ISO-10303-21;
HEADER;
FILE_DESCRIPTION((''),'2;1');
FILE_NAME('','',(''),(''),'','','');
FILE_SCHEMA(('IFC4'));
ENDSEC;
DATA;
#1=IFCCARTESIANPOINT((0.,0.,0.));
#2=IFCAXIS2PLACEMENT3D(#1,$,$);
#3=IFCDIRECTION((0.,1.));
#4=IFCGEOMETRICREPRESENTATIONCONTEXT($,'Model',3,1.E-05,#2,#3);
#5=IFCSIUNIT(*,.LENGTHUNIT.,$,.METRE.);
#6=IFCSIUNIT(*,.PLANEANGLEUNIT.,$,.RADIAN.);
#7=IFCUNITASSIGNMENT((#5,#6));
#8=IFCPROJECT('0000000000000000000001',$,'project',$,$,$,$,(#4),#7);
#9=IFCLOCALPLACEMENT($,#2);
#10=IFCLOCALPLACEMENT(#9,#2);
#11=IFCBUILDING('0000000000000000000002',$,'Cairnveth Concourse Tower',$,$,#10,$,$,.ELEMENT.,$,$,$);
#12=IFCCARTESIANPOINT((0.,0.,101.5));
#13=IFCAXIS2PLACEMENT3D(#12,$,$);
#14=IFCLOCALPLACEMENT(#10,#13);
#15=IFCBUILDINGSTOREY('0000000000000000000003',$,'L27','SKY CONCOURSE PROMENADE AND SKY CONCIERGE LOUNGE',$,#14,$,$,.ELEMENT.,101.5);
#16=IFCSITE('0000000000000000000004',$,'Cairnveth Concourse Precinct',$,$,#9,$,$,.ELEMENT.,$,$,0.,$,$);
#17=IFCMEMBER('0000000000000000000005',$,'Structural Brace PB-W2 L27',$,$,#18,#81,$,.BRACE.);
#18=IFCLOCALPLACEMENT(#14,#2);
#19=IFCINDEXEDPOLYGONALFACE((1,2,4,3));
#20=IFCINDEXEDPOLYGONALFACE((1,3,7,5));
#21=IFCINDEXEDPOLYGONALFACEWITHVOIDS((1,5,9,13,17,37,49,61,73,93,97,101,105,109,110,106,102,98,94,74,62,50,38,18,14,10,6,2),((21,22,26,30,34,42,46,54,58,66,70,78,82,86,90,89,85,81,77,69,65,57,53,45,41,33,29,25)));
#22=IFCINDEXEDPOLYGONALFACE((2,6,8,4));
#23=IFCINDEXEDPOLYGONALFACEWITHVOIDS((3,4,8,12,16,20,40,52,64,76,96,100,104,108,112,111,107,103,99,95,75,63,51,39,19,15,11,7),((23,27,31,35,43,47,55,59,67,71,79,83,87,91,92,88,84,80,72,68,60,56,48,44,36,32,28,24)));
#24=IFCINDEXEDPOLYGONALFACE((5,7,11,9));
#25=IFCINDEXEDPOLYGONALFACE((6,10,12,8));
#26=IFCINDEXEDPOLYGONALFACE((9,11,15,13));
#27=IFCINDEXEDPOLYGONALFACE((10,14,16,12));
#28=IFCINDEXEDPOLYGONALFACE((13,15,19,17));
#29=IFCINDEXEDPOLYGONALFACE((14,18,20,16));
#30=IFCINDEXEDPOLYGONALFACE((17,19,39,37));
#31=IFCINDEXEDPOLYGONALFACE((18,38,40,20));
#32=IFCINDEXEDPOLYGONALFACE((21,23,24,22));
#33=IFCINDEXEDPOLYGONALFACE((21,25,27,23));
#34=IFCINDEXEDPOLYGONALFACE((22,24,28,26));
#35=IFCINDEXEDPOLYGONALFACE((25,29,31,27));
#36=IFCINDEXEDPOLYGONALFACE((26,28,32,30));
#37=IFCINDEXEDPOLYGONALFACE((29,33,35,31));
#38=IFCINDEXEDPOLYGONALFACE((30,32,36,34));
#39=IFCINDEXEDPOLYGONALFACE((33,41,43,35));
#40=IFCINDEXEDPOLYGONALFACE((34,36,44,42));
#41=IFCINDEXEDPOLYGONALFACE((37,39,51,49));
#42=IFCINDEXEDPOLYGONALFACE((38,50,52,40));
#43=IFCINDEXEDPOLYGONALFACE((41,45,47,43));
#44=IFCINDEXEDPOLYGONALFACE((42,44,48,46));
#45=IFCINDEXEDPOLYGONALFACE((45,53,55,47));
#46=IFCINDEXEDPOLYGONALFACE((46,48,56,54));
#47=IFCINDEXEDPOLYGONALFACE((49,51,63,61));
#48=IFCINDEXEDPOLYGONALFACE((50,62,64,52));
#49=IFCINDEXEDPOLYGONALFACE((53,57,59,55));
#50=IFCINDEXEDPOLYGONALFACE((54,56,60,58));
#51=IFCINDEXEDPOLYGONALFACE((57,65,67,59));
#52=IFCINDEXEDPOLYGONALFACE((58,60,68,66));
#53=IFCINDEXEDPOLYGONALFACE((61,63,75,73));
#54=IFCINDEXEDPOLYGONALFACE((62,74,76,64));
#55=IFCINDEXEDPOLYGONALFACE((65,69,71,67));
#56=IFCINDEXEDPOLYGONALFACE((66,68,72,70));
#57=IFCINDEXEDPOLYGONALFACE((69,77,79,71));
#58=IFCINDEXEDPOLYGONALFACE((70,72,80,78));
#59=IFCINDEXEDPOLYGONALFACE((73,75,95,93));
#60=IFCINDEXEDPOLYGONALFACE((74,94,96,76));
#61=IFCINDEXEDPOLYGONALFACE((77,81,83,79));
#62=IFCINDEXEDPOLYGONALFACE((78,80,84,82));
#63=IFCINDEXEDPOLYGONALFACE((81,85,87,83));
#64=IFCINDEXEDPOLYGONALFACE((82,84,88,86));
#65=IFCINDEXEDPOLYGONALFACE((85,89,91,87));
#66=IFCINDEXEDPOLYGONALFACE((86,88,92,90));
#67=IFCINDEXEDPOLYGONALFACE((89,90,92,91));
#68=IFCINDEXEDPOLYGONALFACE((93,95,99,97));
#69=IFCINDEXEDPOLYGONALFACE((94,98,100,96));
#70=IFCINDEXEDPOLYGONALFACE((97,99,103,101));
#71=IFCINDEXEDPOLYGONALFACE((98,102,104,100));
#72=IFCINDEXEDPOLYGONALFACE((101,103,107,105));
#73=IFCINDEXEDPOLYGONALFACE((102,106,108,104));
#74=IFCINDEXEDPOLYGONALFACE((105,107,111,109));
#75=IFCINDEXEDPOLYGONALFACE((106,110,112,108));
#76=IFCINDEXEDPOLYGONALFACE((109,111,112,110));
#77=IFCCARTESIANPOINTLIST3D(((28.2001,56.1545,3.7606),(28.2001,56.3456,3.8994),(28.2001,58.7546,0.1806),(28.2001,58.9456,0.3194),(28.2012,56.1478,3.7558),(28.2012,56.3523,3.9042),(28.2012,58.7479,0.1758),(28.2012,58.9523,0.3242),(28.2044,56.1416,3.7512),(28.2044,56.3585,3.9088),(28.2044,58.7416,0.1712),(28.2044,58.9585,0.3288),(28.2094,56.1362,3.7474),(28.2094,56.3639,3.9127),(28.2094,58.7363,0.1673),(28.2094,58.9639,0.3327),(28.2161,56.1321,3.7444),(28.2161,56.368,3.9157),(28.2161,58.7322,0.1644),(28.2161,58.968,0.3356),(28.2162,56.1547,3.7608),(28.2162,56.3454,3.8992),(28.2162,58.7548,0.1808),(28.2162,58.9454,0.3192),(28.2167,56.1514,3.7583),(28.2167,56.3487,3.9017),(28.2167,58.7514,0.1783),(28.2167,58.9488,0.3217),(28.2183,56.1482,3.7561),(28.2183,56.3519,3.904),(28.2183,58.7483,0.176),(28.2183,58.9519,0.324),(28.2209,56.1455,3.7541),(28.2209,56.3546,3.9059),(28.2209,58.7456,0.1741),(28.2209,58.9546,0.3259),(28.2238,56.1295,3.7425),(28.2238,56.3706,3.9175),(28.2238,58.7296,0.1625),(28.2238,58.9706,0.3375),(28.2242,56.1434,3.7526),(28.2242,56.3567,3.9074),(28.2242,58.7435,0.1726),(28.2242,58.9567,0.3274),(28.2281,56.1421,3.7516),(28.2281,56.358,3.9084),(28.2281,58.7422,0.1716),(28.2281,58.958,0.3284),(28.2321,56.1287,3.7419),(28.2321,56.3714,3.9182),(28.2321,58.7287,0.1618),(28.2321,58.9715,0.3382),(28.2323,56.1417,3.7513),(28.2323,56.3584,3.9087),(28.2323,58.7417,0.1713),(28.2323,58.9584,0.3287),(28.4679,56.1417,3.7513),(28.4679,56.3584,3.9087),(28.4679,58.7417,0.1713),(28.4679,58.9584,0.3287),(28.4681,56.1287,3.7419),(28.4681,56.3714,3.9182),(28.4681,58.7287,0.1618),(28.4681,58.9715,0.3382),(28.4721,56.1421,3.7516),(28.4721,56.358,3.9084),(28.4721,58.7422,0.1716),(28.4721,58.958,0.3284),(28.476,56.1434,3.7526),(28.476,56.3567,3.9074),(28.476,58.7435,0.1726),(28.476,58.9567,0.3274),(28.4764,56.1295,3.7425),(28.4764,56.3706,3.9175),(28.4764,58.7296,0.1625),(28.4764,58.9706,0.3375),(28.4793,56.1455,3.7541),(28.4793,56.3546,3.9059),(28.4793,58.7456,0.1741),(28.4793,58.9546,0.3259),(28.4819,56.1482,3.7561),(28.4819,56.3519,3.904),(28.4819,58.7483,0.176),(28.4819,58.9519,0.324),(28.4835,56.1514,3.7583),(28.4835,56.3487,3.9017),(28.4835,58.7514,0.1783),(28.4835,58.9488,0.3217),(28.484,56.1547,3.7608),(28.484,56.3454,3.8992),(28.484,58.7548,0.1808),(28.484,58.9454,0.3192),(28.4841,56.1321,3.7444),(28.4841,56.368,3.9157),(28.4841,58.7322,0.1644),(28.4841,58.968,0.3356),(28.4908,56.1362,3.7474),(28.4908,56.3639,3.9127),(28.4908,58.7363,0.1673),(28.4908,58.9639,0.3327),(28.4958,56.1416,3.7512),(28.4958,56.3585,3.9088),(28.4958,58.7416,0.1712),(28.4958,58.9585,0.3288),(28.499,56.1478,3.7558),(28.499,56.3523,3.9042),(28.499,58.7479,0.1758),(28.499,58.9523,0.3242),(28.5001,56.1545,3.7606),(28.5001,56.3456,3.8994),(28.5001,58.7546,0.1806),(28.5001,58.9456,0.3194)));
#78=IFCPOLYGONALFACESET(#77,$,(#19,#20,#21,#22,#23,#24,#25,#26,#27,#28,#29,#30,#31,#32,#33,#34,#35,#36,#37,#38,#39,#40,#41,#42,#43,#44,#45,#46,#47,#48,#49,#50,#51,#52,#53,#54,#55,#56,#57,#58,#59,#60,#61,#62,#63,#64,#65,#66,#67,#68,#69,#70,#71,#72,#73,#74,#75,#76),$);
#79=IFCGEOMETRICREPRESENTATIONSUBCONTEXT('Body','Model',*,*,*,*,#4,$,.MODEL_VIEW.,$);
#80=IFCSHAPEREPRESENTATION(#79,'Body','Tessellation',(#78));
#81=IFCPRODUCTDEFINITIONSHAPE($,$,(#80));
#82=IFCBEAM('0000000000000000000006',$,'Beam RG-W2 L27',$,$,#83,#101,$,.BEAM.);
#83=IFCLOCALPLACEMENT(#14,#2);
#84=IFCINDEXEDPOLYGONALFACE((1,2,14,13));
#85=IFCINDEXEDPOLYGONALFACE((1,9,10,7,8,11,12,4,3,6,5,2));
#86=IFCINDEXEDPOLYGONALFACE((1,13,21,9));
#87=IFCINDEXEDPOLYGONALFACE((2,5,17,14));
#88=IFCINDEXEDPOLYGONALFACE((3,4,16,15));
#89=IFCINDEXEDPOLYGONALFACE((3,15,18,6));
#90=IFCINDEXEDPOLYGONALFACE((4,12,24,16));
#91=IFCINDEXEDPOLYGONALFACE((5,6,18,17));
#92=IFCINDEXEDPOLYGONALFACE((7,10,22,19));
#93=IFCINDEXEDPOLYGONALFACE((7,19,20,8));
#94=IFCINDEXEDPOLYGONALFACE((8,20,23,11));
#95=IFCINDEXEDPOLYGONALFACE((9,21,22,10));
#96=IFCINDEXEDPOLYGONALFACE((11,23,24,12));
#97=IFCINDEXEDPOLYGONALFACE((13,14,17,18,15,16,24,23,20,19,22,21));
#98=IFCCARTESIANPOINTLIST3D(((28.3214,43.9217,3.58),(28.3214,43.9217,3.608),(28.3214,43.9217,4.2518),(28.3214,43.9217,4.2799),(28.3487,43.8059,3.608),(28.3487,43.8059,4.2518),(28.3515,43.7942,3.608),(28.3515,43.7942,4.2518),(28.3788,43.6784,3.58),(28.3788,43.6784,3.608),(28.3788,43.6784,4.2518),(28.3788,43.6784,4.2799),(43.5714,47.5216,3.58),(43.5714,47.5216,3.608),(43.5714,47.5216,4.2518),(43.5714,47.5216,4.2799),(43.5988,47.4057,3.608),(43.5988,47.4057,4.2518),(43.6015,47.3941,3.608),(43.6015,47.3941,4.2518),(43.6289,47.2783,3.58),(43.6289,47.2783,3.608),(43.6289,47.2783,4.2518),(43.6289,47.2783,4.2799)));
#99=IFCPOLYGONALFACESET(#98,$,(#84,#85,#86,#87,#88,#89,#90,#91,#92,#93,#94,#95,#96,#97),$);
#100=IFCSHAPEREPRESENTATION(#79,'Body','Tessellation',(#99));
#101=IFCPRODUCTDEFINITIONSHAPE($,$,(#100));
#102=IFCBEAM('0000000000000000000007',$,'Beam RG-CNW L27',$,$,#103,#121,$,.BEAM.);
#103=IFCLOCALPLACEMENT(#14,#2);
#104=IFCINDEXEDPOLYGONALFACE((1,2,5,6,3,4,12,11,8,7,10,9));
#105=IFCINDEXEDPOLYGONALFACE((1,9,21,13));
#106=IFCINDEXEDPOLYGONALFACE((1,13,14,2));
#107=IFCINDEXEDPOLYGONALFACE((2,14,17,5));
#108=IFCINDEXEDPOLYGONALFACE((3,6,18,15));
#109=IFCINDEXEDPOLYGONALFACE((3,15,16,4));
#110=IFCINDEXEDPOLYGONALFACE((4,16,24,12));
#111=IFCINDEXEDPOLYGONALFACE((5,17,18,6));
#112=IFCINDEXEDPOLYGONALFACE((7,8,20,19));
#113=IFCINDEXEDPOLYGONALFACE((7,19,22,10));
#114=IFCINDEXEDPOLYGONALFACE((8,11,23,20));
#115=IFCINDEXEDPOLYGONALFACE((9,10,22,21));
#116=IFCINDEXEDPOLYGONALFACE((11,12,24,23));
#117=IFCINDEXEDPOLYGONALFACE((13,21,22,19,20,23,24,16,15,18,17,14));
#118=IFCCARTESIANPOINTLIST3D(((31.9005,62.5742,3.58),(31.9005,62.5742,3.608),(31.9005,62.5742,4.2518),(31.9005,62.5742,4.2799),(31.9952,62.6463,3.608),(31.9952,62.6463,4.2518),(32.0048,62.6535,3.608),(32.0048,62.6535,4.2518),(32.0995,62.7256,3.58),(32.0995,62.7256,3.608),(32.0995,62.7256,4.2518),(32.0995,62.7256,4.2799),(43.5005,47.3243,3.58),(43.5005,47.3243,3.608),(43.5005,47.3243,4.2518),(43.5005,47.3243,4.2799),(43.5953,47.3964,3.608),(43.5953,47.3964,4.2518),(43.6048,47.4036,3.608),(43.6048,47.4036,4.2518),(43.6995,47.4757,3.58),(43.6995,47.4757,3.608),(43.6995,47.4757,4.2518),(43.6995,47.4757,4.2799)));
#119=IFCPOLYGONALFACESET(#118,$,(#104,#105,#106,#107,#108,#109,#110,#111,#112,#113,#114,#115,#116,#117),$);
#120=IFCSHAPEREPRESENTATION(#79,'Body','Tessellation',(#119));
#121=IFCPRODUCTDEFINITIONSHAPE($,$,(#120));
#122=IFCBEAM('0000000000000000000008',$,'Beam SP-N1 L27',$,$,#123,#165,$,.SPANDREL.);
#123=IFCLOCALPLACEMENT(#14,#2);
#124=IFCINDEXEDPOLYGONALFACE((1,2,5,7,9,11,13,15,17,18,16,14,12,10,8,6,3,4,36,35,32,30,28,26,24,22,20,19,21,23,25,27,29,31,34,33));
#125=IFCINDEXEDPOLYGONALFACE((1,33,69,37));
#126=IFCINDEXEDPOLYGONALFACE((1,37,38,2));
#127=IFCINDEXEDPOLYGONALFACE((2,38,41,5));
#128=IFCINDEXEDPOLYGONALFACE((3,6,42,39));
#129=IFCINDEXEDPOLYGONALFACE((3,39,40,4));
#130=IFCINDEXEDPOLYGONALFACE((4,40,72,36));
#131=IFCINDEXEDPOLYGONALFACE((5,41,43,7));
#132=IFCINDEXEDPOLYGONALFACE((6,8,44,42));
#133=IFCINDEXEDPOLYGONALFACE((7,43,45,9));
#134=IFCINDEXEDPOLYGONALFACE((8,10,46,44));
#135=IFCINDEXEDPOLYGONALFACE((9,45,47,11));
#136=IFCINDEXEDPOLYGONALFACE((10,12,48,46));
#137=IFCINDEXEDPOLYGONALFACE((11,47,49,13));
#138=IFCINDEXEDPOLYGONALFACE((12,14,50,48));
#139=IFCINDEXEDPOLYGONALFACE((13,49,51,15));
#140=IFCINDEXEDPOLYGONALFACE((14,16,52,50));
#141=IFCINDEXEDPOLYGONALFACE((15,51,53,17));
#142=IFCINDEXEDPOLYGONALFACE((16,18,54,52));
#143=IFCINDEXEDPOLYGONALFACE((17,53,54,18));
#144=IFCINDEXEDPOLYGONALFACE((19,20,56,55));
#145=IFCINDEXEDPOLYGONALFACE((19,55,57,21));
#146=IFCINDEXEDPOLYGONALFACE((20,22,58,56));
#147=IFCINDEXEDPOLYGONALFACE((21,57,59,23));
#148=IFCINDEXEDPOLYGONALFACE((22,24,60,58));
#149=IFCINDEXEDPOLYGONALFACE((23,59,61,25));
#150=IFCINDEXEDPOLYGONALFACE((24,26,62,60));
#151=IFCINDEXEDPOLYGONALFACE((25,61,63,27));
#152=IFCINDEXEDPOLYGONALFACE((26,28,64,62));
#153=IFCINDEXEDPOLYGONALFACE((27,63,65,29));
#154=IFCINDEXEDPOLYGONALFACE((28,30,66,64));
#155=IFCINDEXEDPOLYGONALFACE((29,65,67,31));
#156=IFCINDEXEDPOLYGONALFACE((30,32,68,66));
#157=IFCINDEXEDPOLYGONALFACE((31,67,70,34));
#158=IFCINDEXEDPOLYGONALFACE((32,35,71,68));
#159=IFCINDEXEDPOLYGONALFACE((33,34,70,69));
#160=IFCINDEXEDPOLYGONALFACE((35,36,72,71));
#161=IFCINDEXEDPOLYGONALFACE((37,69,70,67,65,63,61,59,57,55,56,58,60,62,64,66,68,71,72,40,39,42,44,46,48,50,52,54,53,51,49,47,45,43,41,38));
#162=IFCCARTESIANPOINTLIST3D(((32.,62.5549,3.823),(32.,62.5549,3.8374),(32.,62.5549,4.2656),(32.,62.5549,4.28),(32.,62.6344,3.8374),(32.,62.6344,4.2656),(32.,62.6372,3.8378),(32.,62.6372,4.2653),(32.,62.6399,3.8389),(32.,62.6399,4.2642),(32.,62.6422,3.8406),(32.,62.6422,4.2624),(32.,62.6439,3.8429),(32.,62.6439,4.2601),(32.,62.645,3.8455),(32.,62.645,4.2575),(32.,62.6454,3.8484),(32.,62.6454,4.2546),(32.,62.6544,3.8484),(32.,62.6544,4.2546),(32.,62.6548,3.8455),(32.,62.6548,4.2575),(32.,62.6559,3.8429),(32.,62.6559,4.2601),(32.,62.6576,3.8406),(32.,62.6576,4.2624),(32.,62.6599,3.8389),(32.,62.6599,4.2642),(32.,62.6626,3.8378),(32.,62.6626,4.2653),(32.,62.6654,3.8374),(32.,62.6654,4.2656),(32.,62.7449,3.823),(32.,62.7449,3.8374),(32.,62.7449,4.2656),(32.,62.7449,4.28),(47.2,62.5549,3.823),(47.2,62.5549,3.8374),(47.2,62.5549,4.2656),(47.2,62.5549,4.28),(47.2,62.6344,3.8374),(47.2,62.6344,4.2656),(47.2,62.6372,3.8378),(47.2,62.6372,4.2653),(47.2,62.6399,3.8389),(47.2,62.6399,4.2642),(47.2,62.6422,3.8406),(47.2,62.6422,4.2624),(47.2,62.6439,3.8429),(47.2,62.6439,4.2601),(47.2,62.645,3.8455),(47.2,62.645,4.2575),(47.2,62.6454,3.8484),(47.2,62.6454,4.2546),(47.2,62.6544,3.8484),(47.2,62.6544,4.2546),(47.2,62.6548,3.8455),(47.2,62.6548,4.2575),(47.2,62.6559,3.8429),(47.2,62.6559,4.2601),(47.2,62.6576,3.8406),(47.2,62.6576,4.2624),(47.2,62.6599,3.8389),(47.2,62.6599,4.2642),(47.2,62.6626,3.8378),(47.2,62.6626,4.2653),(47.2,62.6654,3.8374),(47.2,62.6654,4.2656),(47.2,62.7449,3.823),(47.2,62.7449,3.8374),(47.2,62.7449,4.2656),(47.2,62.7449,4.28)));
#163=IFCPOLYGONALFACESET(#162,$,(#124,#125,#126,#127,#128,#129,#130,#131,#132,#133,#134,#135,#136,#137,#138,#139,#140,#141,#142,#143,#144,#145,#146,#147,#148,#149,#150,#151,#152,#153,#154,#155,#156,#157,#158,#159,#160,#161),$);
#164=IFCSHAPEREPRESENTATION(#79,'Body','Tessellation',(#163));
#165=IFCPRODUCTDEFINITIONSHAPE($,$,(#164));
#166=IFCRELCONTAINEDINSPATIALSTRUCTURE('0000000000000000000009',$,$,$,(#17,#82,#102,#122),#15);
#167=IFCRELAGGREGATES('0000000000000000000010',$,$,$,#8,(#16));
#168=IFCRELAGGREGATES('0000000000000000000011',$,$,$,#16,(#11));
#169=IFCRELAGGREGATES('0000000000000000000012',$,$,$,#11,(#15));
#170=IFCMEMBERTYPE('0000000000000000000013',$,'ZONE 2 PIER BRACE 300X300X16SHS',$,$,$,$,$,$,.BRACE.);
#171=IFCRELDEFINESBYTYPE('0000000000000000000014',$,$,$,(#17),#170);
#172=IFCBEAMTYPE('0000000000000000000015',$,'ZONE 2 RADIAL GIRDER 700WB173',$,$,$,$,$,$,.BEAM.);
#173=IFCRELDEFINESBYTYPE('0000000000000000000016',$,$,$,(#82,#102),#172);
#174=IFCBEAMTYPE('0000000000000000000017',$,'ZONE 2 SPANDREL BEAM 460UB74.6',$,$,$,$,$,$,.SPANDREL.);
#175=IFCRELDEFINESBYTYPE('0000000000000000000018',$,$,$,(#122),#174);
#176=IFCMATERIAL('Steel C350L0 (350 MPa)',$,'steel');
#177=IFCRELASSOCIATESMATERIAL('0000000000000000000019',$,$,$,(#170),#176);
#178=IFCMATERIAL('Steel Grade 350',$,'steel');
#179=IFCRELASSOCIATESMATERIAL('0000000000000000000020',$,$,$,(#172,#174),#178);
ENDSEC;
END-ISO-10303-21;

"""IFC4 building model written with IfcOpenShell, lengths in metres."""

from ifc_helpers import new_model, si_unit, direction, frame, origin, origin_2d, place, context, subcontext, project, spatial, hollow_rectangle, i_section, extrude, material, material_profile, profile_set, type_object, element, save


model = new_model("IFC4")

# Units and contexts
model_context = context("Model", 3, precision=1e-05, world=origin(), true_north=direction((0.0, 1.0)))
body_context = subcontext(model_context, "Body", "Model", "MODEL_VIEW")
ifc_project = project(units=[si_unit("LENGTHUNIT", "METRE"), si_unit("PLANEANGLEUNIT", "RADIAN")], contexts=[model_context])

# Site, building, storey
site_placement = place(None, origin())
site = spatial("IfcSite", under=ifc_project, at=site_placement, Name="Cairnveth Concourse Precinct", CompositionType="ELEMENT", RefElevation=0.0)
building_placement = place(site_placement, origin())
building = spatial("IfcBuilding", under=site, at=building_placement, Name="Cairnveth Concourse Tower", CompositionType="ELEMENT")
storey_placement = place(building_placement, frame((0.0, 0.0, 101.5)))
storey = spatial("IfcBuildingStorey", under=building, at=storey_placement, Name="L27", Description="SKY CONCOURSE PROMENADE AND SKY CONCIERGE LOUNGE", CompositionType="ELEMENT", Elevation=101.5)

# Shared definitions
ifc_material_1 = material(Name="Steel Grade 350", Category="steel")

# Member
ifc_material_2 = material(Name="Steel C350L0 (350 MPa)", Category="steel")
ifc_material_profile_1 = material_profile(ifc_material_2, hollow_rectangle(XDim=0.3, YDim=0.3, WallThickness=0.0161, InnerFilletRadius=0.0161, OuterFilletRadius=0.032, at=origin_2d()), Name="300x300x16.0SHS")
ifc_profile_set_1 = profile_set([ifc_material_profile_1], Name="Steel C350L0 (350 MPa)")
member_type = type_object("IfcMemberType", Name="ZONE 2 PIER BRACE 300X300X16SHS", PredefinedType="BRACE", material=ifc_profile_set_1)
for number, where, z_axis, x_axis, name in (
    (1, (28.3501, 58.8501, 0.25), (0.0, -0.58764, 0.809122), (1.0, 0.0, 0.0), "Structural Brace PB-W2 L27"),
):
    element("IfcMember", number, at=place(storey_placement, frame(where, z_axis=z_axis, x_axis=x_axis)), inside=storey, type_object=member_type, Name=name, PredefinedType="BRACE", context=body_context, shape_type="SweptSolid", body=[
        extrude(hollow_rectangle(XDim=0.3, YDim=0.3, WallThickness=0.0161, InnerFilletRadius=0.0161, OuterFilletRadius=0.032, at=origin_2d()), origin(), (0.0, 0.0, 1.0), 4.4246),
    ])

# Beams
ifc_material_profile_2 = material_profile(ifc_material_1, i_section(OverallWidth=0.25, OverallDepth=0.7, WebThickness=0.012, FlangeThickness=0.0281, at=origin_2d()), Name="700WB173")
ifc_profile_set_2 = profile_set([ifc_material_profile_2], Name="Steel Grade 350")
beam_type_1 = type_object("IfcBeamType", Name="ZONE 2 RADIAL GIRDER 700WB173", PredefinedType="BEAM", material=ifc_profile_set_2)
beam_1_placement = place(storey_placement, frame((28.3501, 43.8, 3.9299), z_axis=(0.973252, 0.229742, 0.0), x_axis=(-0.229742, 0.973252, 0.0)))
element("IfcBeam", 2, at=beam_1_placement, inside=storey, type_object=beam_type_1, Name="Beam RG-W2 L27", PredefinedType="BEAM", context=body_context, shape_type="SweptSolid", body=[
    extrude(i_section(OverallWidth=0.25, OverallDepth=0.7, WebThickness=0.012, FlangeThickness=0.0281, at=origin_2d()), origin(), (0.0, 0.0, 1.0), 15.6692),
])
beam_2_placement = place(storey_placement, frame((32.0, 62.6499, 3.9299), z_axis=(0.605417, -0.795908, 0.0), x_axis=(0.795908, 0.605417, 0.0)))
element("IfcBeam", 3, at=beam_2_placement, inside=storey, type_object=beam_type_1, Name="Beam RG-CNW L27", PredefinedType="BEAM", context=body_context, shape_type="SweptSolid", body=[
    extrude(i_section(OverallWidth=0.25, OverallDepth=0.7, WebThickness=0.012, FlangeThickness=0.0281, at=origin_2d()), origin(), (0.0, 0.0, 1.0), 19.1604),
])
ifc_material_profile_3 = material_profile(ifc_material_1, i_section(OverallWidth=0.1899, OverallDepth=0.457, WebThickness=0.009, FlangeThickness=0.0144, FilletRadius=0.011, at=origin_2d()), Name="460UB74.6")
ifc_profile_set_3 = profile_set([ifc_material_profile_3], Name="Steel Grade 350")
beam_type_2 = type_object("IfcBeamType", Name="ZONE 2 SPANDREL BEAM 460UB74.6", PredefinedType="SPANDREL", material=ifc_profile_set_3)
for number, where, z_axis, x_axis, name in (
    (4, (32.0, 62.6499, 4.0515), (1.0, 0.0, 0.0), (0.0, 1.0, 0.0), "Beam SP-N1 L27"),
):
    element("IfcBeam", number, at=place(storey_placement, frame(where, z_axis=z_axis, x_axis=x_axis)), inside=storey, type_object=beam_type_2, Name=name, PredefinedType="SPANDREL", context=body_context, shape_type="SweptSolid", body=[
        extrude(i_section(OverallWidth=0.1899, OverallDepth=0.457, WebThickness=0.009, FlangeThickness=0.0144, FilletRadius=0.011, at=origin_2d()), origin(), (0.0, 0.0, 1.0), 15.2),
    ])

save(model, "model.ifc")
